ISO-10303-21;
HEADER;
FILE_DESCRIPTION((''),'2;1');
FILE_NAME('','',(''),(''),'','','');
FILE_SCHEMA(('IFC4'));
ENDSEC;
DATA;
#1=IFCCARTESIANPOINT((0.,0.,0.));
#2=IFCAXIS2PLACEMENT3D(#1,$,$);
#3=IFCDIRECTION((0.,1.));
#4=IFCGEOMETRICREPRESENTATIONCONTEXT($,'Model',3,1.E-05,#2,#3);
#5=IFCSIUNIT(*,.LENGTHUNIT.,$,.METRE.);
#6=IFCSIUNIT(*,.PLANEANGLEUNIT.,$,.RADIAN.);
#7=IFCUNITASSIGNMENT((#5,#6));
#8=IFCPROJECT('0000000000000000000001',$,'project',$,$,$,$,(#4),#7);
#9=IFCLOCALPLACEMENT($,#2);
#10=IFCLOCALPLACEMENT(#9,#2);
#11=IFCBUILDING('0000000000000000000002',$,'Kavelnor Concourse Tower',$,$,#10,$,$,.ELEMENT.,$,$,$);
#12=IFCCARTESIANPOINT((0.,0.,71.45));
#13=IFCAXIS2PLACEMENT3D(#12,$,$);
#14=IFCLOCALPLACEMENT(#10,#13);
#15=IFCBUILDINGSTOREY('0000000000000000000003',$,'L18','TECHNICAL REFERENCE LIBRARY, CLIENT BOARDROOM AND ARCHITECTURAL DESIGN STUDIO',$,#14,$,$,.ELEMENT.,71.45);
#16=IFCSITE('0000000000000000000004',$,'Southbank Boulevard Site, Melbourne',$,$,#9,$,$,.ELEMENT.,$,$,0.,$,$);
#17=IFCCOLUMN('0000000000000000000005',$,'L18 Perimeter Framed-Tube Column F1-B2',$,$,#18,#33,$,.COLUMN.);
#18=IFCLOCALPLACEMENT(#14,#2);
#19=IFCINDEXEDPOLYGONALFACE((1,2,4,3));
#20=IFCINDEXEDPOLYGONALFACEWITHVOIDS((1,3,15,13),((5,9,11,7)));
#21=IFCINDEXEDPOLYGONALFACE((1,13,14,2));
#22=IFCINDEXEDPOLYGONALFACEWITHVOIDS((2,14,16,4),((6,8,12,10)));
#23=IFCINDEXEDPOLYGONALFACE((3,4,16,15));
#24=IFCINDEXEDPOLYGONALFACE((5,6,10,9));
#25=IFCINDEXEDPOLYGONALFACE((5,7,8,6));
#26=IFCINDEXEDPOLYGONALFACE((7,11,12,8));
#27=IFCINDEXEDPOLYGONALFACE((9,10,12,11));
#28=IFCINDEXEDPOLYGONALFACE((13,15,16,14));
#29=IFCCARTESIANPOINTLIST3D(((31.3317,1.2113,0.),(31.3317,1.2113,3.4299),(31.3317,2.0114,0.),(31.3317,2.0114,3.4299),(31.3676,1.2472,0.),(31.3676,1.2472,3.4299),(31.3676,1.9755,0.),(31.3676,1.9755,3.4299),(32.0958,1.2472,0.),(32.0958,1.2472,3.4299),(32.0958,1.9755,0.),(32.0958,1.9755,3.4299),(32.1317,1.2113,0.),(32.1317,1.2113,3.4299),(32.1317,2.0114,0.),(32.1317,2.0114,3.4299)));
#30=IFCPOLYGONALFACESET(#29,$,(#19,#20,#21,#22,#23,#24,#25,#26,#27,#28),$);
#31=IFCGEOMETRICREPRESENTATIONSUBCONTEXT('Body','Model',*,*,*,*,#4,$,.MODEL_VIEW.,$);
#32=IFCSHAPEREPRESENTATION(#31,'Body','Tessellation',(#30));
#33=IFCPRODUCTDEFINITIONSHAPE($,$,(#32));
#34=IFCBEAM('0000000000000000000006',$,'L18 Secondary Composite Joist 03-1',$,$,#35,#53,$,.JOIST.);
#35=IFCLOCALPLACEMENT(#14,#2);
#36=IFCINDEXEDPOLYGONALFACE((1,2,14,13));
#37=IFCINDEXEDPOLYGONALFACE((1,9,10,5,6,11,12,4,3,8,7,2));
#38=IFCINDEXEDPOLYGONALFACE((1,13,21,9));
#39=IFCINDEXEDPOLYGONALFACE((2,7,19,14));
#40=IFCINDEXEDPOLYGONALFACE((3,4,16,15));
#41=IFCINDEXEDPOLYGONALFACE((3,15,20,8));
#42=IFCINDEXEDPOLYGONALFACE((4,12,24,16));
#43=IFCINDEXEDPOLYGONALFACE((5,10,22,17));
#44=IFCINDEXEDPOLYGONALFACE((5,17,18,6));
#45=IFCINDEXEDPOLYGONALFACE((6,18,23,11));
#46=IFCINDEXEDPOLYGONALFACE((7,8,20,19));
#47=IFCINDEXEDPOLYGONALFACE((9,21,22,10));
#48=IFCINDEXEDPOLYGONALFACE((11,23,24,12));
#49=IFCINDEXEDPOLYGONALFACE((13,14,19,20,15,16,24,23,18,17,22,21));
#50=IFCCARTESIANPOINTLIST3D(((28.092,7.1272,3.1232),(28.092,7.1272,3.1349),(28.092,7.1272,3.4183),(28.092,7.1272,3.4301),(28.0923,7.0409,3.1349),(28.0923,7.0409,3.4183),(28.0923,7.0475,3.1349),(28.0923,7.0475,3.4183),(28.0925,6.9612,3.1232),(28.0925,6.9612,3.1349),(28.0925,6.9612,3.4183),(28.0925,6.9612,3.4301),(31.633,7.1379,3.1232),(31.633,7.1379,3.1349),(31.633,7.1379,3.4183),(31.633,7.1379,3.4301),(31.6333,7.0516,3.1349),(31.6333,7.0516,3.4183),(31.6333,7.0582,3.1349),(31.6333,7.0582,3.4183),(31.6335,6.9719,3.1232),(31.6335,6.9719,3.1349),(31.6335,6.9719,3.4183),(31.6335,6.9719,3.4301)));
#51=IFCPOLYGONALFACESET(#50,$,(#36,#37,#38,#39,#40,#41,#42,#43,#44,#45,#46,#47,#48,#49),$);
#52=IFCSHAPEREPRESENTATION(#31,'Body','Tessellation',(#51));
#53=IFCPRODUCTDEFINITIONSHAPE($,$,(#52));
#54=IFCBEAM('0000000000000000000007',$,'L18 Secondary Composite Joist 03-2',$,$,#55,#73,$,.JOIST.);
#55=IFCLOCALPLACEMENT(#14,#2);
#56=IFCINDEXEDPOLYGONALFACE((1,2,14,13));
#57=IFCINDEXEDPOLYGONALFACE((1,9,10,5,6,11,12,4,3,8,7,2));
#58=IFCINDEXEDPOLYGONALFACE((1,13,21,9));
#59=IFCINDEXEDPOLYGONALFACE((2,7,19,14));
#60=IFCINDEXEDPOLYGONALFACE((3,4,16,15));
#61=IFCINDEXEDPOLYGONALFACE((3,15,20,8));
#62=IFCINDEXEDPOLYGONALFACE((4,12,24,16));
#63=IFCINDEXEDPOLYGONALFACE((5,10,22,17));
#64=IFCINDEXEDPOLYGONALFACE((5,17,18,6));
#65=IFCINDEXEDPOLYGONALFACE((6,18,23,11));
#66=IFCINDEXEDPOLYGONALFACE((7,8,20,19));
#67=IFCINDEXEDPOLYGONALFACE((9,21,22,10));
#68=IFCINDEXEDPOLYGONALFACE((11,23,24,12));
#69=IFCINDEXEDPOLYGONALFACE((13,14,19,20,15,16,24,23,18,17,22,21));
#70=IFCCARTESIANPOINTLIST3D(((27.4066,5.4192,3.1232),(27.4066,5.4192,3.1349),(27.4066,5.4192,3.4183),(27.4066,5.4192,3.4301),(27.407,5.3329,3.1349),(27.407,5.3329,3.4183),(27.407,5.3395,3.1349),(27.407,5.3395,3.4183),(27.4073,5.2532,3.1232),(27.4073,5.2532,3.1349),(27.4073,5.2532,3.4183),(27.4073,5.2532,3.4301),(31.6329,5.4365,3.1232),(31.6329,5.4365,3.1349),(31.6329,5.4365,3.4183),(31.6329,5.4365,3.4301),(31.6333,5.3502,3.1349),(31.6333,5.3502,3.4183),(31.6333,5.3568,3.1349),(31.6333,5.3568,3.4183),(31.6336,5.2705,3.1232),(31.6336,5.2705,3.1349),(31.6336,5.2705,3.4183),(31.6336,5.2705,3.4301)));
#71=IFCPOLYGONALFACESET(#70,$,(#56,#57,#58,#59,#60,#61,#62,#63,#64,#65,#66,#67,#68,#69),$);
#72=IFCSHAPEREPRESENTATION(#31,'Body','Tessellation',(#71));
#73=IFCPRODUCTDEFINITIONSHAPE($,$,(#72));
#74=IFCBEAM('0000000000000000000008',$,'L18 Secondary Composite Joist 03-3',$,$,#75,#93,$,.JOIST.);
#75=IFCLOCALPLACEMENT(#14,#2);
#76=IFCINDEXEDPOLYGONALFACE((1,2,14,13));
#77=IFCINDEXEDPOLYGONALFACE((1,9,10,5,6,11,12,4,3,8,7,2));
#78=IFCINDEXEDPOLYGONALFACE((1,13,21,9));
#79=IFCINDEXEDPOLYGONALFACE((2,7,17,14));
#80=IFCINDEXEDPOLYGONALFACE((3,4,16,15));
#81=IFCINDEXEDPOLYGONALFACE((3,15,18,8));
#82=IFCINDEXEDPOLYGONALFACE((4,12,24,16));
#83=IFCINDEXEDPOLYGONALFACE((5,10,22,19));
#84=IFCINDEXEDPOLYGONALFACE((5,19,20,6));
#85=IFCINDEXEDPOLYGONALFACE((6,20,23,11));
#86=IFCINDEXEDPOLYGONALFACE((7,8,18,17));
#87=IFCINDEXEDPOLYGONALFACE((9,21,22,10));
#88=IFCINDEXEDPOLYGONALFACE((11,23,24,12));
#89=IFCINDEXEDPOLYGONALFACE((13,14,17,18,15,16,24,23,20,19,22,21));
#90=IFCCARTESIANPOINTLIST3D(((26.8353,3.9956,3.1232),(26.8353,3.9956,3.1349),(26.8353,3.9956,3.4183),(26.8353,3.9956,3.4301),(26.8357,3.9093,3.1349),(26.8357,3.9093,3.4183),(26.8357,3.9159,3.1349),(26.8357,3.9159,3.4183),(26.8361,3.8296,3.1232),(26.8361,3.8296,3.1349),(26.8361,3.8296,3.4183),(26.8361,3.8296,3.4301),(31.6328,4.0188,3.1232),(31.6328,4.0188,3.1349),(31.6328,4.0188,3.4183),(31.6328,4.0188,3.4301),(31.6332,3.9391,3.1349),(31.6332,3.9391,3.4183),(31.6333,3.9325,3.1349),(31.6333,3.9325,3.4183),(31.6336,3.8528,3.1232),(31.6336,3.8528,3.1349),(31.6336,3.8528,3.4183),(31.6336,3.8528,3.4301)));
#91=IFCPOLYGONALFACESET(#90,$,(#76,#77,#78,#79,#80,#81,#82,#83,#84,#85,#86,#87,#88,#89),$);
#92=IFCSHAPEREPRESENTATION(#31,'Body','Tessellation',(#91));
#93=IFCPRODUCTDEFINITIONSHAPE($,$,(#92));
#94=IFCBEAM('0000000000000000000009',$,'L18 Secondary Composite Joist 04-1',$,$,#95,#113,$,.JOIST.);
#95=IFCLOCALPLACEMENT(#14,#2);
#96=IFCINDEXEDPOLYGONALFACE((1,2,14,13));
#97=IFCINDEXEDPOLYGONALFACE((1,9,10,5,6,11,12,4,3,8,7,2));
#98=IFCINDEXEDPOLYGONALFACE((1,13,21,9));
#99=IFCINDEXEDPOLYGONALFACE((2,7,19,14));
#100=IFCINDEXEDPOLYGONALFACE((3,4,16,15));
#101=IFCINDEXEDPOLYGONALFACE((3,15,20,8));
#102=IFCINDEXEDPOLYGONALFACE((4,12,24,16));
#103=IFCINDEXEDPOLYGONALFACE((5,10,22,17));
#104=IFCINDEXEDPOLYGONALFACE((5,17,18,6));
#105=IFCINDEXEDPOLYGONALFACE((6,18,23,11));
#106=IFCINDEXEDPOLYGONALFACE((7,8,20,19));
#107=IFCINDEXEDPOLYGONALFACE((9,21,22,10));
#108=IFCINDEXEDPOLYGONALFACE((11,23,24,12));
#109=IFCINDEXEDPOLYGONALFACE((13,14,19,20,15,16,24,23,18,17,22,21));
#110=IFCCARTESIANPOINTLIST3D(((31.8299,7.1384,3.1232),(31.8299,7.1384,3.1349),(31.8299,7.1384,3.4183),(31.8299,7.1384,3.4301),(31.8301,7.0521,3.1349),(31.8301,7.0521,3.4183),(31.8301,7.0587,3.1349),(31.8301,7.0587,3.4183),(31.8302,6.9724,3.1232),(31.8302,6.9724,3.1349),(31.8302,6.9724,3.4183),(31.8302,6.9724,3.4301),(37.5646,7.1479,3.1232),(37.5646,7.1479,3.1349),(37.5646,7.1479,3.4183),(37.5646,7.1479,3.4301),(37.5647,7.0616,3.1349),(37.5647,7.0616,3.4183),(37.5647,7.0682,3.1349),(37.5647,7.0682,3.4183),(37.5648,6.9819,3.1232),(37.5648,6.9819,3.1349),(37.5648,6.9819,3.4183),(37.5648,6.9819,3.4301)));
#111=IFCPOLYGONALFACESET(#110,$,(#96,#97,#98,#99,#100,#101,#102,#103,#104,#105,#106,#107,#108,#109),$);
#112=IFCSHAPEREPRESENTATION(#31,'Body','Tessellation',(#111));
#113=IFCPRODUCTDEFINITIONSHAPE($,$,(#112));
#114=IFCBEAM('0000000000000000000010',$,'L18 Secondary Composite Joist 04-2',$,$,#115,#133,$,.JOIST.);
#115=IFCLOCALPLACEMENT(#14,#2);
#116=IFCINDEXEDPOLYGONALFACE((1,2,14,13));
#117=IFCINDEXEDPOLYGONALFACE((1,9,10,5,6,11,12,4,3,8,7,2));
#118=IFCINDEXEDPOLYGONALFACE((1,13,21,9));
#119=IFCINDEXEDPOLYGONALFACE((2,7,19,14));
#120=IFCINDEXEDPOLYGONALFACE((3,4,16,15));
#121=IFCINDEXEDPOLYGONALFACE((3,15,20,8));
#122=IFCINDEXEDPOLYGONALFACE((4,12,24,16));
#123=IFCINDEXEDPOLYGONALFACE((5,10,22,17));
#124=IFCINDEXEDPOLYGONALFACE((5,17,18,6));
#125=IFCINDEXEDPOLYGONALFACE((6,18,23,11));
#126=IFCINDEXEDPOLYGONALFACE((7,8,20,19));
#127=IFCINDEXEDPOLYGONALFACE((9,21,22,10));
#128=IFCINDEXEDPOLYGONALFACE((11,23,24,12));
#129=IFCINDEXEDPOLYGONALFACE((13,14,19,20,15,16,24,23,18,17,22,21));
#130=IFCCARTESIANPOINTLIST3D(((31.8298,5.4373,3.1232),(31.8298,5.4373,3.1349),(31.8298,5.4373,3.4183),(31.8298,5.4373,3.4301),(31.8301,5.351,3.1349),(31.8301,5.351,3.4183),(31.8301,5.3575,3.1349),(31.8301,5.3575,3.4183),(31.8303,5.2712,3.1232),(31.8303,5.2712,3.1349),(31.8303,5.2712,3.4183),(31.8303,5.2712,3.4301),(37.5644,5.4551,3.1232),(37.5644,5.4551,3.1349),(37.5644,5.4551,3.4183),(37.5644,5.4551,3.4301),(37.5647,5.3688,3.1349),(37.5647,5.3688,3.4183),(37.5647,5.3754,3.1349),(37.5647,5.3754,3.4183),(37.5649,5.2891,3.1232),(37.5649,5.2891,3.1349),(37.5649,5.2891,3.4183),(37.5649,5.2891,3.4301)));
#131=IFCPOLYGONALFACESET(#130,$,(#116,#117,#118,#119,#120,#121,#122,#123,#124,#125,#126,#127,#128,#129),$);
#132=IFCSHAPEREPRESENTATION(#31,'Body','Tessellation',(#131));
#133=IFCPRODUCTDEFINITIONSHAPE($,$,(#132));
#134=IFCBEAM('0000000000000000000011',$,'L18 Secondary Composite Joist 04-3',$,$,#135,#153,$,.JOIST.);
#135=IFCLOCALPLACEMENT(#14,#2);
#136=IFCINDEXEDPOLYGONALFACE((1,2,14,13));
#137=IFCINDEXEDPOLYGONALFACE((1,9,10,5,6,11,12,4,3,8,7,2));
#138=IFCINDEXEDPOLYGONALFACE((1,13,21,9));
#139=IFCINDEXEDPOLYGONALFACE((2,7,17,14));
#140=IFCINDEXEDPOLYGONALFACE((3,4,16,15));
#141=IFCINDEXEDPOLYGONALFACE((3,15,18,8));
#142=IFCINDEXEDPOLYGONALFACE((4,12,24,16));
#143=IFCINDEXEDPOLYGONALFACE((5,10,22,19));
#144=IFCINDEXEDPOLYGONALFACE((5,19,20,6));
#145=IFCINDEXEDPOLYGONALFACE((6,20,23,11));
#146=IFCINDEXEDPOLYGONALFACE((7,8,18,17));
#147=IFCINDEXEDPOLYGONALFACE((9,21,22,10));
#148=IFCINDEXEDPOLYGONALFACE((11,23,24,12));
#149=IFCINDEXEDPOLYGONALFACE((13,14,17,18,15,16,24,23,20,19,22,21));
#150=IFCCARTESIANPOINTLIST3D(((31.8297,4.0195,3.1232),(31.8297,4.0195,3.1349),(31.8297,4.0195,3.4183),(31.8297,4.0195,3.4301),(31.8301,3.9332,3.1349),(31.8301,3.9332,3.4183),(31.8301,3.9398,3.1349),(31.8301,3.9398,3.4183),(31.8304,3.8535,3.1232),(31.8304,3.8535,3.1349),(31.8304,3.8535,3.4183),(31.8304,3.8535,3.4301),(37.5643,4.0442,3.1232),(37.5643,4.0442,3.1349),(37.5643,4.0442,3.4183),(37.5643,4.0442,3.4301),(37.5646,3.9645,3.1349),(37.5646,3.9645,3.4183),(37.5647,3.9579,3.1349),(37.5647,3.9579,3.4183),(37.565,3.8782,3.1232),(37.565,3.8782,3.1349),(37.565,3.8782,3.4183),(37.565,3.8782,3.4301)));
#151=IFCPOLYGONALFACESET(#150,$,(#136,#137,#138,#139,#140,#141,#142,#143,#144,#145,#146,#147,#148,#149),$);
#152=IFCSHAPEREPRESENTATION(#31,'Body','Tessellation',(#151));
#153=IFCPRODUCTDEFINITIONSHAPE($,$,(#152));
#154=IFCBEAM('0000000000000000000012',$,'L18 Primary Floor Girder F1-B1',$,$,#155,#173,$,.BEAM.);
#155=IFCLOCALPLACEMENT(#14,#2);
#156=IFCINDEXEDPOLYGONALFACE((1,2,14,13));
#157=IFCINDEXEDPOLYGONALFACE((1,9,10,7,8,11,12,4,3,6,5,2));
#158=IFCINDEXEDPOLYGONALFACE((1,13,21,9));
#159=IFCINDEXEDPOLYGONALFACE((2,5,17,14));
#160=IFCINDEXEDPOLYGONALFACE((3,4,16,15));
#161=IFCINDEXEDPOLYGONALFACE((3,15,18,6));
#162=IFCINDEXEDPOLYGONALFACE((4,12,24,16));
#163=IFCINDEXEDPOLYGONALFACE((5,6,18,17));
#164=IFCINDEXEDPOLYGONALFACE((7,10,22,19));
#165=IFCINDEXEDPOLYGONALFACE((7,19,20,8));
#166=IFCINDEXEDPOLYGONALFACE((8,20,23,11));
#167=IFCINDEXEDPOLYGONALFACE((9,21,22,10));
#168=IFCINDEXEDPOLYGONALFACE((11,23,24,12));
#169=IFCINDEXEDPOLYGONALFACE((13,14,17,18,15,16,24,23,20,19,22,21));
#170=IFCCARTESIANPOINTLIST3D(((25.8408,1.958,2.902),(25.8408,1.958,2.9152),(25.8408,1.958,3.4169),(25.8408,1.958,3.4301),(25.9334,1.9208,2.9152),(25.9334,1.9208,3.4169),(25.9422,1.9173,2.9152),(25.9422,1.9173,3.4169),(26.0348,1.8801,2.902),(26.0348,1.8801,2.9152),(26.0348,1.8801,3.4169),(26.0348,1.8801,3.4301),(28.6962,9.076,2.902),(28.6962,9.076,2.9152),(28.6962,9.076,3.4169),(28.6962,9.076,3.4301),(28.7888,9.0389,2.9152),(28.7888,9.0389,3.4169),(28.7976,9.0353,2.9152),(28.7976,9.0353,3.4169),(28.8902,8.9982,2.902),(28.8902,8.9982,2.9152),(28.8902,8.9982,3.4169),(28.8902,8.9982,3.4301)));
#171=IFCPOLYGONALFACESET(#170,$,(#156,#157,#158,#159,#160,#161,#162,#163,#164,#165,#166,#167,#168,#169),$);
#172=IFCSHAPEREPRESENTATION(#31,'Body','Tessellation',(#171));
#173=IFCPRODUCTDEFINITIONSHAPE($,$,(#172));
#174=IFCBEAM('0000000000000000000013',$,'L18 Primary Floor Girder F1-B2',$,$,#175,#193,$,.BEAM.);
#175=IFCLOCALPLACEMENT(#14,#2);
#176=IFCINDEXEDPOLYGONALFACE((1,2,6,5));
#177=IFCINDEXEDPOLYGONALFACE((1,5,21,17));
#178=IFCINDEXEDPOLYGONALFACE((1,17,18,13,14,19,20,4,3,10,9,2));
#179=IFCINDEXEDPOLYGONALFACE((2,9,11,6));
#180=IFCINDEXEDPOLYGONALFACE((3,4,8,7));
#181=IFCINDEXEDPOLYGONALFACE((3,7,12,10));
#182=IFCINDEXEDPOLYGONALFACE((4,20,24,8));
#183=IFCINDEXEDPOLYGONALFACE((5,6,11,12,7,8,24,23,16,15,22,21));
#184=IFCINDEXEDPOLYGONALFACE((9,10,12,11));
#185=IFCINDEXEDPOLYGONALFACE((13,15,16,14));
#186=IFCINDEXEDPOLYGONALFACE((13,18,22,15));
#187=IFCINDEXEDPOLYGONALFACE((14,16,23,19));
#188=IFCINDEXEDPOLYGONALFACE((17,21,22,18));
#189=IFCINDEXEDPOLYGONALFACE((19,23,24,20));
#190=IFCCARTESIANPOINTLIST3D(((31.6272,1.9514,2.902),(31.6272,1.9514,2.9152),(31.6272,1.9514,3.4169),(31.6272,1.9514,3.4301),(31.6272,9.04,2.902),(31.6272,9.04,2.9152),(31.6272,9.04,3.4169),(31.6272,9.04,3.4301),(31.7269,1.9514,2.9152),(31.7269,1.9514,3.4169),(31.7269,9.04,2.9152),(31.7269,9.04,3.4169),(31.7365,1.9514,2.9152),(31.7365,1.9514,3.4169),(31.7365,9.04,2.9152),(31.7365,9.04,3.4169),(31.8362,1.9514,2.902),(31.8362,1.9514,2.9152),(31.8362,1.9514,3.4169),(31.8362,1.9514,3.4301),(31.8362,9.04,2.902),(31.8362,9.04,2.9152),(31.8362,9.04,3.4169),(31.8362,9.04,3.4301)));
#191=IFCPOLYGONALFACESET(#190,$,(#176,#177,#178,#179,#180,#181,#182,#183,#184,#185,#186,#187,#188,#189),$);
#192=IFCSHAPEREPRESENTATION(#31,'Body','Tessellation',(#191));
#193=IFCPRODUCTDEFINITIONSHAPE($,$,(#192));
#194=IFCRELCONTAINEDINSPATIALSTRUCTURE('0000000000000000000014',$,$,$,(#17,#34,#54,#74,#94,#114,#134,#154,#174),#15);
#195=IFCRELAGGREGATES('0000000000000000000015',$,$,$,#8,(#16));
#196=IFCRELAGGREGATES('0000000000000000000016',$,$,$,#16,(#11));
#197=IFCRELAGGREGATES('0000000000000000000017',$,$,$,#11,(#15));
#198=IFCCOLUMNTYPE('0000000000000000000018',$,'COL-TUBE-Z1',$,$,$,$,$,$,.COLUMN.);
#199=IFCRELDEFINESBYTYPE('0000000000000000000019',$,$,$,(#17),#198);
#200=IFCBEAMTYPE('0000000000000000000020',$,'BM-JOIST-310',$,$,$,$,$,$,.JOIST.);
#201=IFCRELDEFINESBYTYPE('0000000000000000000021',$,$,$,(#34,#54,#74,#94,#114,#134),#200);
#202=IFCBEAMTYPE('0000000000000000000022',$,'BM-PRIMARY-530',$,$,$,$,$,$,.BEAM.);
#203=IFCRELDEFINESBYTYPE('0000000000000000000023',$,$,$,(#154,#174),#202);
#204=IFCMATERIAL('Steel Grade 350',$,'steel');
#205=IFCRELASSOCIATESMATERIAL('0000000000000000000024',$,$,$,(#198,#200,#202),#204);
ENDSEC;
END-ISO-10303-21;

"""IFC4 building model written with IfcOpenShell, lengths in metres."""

from ifc_helpers import new_model, si_unit, direction, frame, origin, origin_2d, place, context, subcontext, project, spatial, hollow_rectangle, i_section, extrude, material, material_profile, profile_set, type_object, element, save


model = new_model("IFC4")

# Units and contexts
model_context = context("Model", 3, precision=1e-05, world=origin(), true_north=direction((0.0, 1.0)))
body_context = subcontext(model_context, "Body", "Model", "MODEL_VIEW")
ifc_project = project(units=[si_unit("LENGTHUNIT", "METRE"), si_unit("PLANEANGLEUNIT", "RADIAN")], contexts=[model_context])

# Site, building, storey
site_placement = place(None, origin())
site = spatial("IfcSite", under=ifc_project, at=site_placement, Name="Southbank Boulevard Site, Melbourne", CompositionType="ELEMENT", RefElevation=0.0)
building_placement = place(site_placement, origin())
building = spatial("IfcBuilding", under=site, at=building_placement, Name="Kavelnor Concourse Tower", CompositionType="ELEMENT")
storey_placement = place(building_placement, frame((0.0, 0.0, 71.45)))
storey = spatial("IfcBuildingStorey", under=building, at=storey_placement, Name="L18", Description="TECHNICAL REFERENCE LIBRARY, CLIENT BOARDROOM AND ARCHITECTURAL DESIGN STUDIO", CompositionType="ELEMENT", Elevation=71.45)

# Column
ifc_material_1 = material(Name="Steel Grade 350", Category="steel")
ifc_material_profile_1 = material_profile(ifc_material_1, hollow_rectangle(XDim=0.8, YDim=0.8, WallThickness=0.0359, at=origin_2d()), Name="SHS 800x800x36")
ifc_profile_set_1 = profile_set([ifc_material_profile_1], Name="Steel Grade 350")
column_type = type_object("IfcColumnType", Name="COL-TUBE-Z1", PredefinedType="COLUMN", material=ifc_profile_set_1)
column_placement = place(storey_placement, frame((31.7317, 1.6113, 0.0), z_axis=(0.0, 0.0, 1.0), x_axis=(1.0, 0.0, 0.0)))
element("IfcColumn", 1, at=column_placement, inside=storey, type_object=column_type, Name="L18 Perimeter Framed-Tube Column F1-B2", PredefinedType="COLUMN", context=body_context, shape_type="SweptSolid", body=[
    extrude(hollow_rectangle(XDim=0.8, YDim=0.8, WallThickness=0.0359, at=origin_2d()), origin(), (0.0, 0.0, 1.0), 3.4299),
])

# Beams
ifc_material_profile_2 = material_profile(ifc_material_1, i_section(OverallWidth=0.166, OverallDepth=0.3069, WebThickness=0.0066, FlangeThickness=0.0117, at=origin_2d()), Name="310UB46")
ifc_profile_set_2 = profile_set([ifc_material_profile_2], Name="Steel Grade 350")
beam_type_1 = type_object("IfcBeamType", Name="BM-JOIST-310", PredefinedType="JOIST", material=ifc_profile_set_2)
beam_1_placement = place(storey_placement, frame((28.0923, 7.0442, 3.2766), z_axis=(0.999995, 0.003034, 0.0), x_axis=(-0.003034, 0.999995, 0.0)))
element("IfcBeam", 2, at=beam_1_placement, inside=storey, type_object=beam_type_1, Name="L18 Secondary Composite Joist 03-1", PredefinedType="JOIST", context=body_context, shape_type="SweptSolid", body=[
    extrude(i_section(OverallWidth=0.166, OverallDepth=0.3069, WebThickness=0.0066, FlangeThickness=0.0117, at=origin_2d()), origin(), (0.0, 0.0, 1.0), 3.541),
])
beam_2_placement = place(storey_placement, frame((27.407, 5.3362, 3.2766), z_axis=(0.999992, 0.004101, 0.0), x_axis=(-0.004101, 0.999992, 0.0)))
element("IfcBeam", 3, at=beam_2_placement, inside=storey, type_object=beam_type_1, Name="L18 Secondary Composite Joist 03-2", PredefinedType="JOIST", context=body_context, shape_type="SweptSolid", body=[
    extrude(i_section(OverallWidth=0.166, OverallDepth=0.3069, WebThickness=0.0066, FlangeThickness=0.0117, at=origin_2d()), origin(), (0.0, 0.0, 1.0), 4.2263),
])
beam_3_placement = place(storey_placement, frame((26.8357, 3.9126, 3.2766), z_axis=(0.999988, 0.004834, 0.0), x_axis=(-0.004834, 0.999988, 0.0)))
element("IfcBeam", 4, at=beam_3_placement, inside=storey, type_object=beam_type_1, Name="L18 Secondary Composite Joist 03-3", PredefinedType="JOIST", context=body_context, shape_type="SweptSolid", body=[
    extrude(i_section(OverallWidth=0.166, OverallDepth=0.3069, WebThickness=0.0066, FlangeThickness=0.0117, at=origin_2d()), origin(), (0.0, 0.0, 1.0), 4.7976),
])
for number, where, z_axis, x_axis, name in (
    (5, (31.8301, 7.0554, 3.2766), (0.999999, 0.00166, 0.0), (-0.00166, 0.999999, 0.0), "L18 Secondary Composite Joist 04-1"),
    (6, (31.8301, 5.3542, 3.2766), (0.999995, 0.003108, 0.0), (-0.003108, 0.999995, 0.0), "L18 Secondary Composite Joist 04-2"),
    (7, (31.8301, 3.9365, 3.2766), (0.999991, 0.0043, 0.0), (-0.0043, 0.999991, 0.0), "L18 Secondary Composite Joist 04-3"),
):
    element("IfcBeam", number, at=place(storey_placement, frame(where, z_axis=z_axis, x_axis=x_axis)), inside=storey, type_object=beam_type_1, Name=name, PredefinedType="JOIST", context=body_context, shape_type="SweptSolid", body=[
        extrude(i_section(OverallWidth=0.166, OverallDepth=0.3069, WebThickness=0.0066, FlangeThickness=0.0117, at=origin_2d()), origin(), (0.0, 0.0, 1.0), 5.7346),
    ])
ifc_material_profile_3 = material_profile(ifc_material_1, i_section(OverallWidth=0.209, OverallDepth=0.5281, WebThickness=0.0095, FlangeThickness=0.0132, at=origin_2d()), Name="530UB82")
ifc_profile_set_3 = profile_set([ifc_material_profile_3], Name="Steel Grade 350")
beam_type_2 = type_object("IfcBeamType", Name="BM-PRIMARY-530", PredefinedType="BEAM", material=ifc_profile_set_3)
beam_4_placement = place(storey_placement, frame((28.7932, 9.0371, 3.166), z_axis=(-0.372313, -0.928107, 0.0), x_axis=(0.928107, -0.372313, 0.0)))
element("IfcBeam", 8, at=beam_4_placement, inside=storey, type_object=beam_type_2, Name="L18 Primary Floor Girder F1-B1", PredefinedType="BEAM", context=body_context, shape_type="SweptSolid", body=[
    extrude(i_section(OverallWidth=0.209, OverallDepth=0.5281, WebThickness=0.0095, FlangeThickness=0.0132, at=origin_2d()), origin(), (0.0, 0.0, 1.0), 7.6694),
])
beam_5_placement = place(storey_placement, frame((31.7317, 9.04, 3.166), z_axis=(0.0, -1.0, 0.0), x_axis=(1.0, 0.0, 0.0)))
element("IfcBeam", 9, at=beam_5_placement, inside=storey, type_object=beam_type_2, Name="L18 Primary Floor Girder F1-B2", PredefinedType="BEAM", context=body_context, shape_type="SweptSolid", body=[
    extrude(i_section(OverallWidth=0.209, OverallDepth=0.5281, WebThickness=0.0095, FlangeThickness=0.0132, at=origin_2d()), origin(), (0.0, 0.0, 1.0), 7.0886),
])

save(model, "model.ifc")
